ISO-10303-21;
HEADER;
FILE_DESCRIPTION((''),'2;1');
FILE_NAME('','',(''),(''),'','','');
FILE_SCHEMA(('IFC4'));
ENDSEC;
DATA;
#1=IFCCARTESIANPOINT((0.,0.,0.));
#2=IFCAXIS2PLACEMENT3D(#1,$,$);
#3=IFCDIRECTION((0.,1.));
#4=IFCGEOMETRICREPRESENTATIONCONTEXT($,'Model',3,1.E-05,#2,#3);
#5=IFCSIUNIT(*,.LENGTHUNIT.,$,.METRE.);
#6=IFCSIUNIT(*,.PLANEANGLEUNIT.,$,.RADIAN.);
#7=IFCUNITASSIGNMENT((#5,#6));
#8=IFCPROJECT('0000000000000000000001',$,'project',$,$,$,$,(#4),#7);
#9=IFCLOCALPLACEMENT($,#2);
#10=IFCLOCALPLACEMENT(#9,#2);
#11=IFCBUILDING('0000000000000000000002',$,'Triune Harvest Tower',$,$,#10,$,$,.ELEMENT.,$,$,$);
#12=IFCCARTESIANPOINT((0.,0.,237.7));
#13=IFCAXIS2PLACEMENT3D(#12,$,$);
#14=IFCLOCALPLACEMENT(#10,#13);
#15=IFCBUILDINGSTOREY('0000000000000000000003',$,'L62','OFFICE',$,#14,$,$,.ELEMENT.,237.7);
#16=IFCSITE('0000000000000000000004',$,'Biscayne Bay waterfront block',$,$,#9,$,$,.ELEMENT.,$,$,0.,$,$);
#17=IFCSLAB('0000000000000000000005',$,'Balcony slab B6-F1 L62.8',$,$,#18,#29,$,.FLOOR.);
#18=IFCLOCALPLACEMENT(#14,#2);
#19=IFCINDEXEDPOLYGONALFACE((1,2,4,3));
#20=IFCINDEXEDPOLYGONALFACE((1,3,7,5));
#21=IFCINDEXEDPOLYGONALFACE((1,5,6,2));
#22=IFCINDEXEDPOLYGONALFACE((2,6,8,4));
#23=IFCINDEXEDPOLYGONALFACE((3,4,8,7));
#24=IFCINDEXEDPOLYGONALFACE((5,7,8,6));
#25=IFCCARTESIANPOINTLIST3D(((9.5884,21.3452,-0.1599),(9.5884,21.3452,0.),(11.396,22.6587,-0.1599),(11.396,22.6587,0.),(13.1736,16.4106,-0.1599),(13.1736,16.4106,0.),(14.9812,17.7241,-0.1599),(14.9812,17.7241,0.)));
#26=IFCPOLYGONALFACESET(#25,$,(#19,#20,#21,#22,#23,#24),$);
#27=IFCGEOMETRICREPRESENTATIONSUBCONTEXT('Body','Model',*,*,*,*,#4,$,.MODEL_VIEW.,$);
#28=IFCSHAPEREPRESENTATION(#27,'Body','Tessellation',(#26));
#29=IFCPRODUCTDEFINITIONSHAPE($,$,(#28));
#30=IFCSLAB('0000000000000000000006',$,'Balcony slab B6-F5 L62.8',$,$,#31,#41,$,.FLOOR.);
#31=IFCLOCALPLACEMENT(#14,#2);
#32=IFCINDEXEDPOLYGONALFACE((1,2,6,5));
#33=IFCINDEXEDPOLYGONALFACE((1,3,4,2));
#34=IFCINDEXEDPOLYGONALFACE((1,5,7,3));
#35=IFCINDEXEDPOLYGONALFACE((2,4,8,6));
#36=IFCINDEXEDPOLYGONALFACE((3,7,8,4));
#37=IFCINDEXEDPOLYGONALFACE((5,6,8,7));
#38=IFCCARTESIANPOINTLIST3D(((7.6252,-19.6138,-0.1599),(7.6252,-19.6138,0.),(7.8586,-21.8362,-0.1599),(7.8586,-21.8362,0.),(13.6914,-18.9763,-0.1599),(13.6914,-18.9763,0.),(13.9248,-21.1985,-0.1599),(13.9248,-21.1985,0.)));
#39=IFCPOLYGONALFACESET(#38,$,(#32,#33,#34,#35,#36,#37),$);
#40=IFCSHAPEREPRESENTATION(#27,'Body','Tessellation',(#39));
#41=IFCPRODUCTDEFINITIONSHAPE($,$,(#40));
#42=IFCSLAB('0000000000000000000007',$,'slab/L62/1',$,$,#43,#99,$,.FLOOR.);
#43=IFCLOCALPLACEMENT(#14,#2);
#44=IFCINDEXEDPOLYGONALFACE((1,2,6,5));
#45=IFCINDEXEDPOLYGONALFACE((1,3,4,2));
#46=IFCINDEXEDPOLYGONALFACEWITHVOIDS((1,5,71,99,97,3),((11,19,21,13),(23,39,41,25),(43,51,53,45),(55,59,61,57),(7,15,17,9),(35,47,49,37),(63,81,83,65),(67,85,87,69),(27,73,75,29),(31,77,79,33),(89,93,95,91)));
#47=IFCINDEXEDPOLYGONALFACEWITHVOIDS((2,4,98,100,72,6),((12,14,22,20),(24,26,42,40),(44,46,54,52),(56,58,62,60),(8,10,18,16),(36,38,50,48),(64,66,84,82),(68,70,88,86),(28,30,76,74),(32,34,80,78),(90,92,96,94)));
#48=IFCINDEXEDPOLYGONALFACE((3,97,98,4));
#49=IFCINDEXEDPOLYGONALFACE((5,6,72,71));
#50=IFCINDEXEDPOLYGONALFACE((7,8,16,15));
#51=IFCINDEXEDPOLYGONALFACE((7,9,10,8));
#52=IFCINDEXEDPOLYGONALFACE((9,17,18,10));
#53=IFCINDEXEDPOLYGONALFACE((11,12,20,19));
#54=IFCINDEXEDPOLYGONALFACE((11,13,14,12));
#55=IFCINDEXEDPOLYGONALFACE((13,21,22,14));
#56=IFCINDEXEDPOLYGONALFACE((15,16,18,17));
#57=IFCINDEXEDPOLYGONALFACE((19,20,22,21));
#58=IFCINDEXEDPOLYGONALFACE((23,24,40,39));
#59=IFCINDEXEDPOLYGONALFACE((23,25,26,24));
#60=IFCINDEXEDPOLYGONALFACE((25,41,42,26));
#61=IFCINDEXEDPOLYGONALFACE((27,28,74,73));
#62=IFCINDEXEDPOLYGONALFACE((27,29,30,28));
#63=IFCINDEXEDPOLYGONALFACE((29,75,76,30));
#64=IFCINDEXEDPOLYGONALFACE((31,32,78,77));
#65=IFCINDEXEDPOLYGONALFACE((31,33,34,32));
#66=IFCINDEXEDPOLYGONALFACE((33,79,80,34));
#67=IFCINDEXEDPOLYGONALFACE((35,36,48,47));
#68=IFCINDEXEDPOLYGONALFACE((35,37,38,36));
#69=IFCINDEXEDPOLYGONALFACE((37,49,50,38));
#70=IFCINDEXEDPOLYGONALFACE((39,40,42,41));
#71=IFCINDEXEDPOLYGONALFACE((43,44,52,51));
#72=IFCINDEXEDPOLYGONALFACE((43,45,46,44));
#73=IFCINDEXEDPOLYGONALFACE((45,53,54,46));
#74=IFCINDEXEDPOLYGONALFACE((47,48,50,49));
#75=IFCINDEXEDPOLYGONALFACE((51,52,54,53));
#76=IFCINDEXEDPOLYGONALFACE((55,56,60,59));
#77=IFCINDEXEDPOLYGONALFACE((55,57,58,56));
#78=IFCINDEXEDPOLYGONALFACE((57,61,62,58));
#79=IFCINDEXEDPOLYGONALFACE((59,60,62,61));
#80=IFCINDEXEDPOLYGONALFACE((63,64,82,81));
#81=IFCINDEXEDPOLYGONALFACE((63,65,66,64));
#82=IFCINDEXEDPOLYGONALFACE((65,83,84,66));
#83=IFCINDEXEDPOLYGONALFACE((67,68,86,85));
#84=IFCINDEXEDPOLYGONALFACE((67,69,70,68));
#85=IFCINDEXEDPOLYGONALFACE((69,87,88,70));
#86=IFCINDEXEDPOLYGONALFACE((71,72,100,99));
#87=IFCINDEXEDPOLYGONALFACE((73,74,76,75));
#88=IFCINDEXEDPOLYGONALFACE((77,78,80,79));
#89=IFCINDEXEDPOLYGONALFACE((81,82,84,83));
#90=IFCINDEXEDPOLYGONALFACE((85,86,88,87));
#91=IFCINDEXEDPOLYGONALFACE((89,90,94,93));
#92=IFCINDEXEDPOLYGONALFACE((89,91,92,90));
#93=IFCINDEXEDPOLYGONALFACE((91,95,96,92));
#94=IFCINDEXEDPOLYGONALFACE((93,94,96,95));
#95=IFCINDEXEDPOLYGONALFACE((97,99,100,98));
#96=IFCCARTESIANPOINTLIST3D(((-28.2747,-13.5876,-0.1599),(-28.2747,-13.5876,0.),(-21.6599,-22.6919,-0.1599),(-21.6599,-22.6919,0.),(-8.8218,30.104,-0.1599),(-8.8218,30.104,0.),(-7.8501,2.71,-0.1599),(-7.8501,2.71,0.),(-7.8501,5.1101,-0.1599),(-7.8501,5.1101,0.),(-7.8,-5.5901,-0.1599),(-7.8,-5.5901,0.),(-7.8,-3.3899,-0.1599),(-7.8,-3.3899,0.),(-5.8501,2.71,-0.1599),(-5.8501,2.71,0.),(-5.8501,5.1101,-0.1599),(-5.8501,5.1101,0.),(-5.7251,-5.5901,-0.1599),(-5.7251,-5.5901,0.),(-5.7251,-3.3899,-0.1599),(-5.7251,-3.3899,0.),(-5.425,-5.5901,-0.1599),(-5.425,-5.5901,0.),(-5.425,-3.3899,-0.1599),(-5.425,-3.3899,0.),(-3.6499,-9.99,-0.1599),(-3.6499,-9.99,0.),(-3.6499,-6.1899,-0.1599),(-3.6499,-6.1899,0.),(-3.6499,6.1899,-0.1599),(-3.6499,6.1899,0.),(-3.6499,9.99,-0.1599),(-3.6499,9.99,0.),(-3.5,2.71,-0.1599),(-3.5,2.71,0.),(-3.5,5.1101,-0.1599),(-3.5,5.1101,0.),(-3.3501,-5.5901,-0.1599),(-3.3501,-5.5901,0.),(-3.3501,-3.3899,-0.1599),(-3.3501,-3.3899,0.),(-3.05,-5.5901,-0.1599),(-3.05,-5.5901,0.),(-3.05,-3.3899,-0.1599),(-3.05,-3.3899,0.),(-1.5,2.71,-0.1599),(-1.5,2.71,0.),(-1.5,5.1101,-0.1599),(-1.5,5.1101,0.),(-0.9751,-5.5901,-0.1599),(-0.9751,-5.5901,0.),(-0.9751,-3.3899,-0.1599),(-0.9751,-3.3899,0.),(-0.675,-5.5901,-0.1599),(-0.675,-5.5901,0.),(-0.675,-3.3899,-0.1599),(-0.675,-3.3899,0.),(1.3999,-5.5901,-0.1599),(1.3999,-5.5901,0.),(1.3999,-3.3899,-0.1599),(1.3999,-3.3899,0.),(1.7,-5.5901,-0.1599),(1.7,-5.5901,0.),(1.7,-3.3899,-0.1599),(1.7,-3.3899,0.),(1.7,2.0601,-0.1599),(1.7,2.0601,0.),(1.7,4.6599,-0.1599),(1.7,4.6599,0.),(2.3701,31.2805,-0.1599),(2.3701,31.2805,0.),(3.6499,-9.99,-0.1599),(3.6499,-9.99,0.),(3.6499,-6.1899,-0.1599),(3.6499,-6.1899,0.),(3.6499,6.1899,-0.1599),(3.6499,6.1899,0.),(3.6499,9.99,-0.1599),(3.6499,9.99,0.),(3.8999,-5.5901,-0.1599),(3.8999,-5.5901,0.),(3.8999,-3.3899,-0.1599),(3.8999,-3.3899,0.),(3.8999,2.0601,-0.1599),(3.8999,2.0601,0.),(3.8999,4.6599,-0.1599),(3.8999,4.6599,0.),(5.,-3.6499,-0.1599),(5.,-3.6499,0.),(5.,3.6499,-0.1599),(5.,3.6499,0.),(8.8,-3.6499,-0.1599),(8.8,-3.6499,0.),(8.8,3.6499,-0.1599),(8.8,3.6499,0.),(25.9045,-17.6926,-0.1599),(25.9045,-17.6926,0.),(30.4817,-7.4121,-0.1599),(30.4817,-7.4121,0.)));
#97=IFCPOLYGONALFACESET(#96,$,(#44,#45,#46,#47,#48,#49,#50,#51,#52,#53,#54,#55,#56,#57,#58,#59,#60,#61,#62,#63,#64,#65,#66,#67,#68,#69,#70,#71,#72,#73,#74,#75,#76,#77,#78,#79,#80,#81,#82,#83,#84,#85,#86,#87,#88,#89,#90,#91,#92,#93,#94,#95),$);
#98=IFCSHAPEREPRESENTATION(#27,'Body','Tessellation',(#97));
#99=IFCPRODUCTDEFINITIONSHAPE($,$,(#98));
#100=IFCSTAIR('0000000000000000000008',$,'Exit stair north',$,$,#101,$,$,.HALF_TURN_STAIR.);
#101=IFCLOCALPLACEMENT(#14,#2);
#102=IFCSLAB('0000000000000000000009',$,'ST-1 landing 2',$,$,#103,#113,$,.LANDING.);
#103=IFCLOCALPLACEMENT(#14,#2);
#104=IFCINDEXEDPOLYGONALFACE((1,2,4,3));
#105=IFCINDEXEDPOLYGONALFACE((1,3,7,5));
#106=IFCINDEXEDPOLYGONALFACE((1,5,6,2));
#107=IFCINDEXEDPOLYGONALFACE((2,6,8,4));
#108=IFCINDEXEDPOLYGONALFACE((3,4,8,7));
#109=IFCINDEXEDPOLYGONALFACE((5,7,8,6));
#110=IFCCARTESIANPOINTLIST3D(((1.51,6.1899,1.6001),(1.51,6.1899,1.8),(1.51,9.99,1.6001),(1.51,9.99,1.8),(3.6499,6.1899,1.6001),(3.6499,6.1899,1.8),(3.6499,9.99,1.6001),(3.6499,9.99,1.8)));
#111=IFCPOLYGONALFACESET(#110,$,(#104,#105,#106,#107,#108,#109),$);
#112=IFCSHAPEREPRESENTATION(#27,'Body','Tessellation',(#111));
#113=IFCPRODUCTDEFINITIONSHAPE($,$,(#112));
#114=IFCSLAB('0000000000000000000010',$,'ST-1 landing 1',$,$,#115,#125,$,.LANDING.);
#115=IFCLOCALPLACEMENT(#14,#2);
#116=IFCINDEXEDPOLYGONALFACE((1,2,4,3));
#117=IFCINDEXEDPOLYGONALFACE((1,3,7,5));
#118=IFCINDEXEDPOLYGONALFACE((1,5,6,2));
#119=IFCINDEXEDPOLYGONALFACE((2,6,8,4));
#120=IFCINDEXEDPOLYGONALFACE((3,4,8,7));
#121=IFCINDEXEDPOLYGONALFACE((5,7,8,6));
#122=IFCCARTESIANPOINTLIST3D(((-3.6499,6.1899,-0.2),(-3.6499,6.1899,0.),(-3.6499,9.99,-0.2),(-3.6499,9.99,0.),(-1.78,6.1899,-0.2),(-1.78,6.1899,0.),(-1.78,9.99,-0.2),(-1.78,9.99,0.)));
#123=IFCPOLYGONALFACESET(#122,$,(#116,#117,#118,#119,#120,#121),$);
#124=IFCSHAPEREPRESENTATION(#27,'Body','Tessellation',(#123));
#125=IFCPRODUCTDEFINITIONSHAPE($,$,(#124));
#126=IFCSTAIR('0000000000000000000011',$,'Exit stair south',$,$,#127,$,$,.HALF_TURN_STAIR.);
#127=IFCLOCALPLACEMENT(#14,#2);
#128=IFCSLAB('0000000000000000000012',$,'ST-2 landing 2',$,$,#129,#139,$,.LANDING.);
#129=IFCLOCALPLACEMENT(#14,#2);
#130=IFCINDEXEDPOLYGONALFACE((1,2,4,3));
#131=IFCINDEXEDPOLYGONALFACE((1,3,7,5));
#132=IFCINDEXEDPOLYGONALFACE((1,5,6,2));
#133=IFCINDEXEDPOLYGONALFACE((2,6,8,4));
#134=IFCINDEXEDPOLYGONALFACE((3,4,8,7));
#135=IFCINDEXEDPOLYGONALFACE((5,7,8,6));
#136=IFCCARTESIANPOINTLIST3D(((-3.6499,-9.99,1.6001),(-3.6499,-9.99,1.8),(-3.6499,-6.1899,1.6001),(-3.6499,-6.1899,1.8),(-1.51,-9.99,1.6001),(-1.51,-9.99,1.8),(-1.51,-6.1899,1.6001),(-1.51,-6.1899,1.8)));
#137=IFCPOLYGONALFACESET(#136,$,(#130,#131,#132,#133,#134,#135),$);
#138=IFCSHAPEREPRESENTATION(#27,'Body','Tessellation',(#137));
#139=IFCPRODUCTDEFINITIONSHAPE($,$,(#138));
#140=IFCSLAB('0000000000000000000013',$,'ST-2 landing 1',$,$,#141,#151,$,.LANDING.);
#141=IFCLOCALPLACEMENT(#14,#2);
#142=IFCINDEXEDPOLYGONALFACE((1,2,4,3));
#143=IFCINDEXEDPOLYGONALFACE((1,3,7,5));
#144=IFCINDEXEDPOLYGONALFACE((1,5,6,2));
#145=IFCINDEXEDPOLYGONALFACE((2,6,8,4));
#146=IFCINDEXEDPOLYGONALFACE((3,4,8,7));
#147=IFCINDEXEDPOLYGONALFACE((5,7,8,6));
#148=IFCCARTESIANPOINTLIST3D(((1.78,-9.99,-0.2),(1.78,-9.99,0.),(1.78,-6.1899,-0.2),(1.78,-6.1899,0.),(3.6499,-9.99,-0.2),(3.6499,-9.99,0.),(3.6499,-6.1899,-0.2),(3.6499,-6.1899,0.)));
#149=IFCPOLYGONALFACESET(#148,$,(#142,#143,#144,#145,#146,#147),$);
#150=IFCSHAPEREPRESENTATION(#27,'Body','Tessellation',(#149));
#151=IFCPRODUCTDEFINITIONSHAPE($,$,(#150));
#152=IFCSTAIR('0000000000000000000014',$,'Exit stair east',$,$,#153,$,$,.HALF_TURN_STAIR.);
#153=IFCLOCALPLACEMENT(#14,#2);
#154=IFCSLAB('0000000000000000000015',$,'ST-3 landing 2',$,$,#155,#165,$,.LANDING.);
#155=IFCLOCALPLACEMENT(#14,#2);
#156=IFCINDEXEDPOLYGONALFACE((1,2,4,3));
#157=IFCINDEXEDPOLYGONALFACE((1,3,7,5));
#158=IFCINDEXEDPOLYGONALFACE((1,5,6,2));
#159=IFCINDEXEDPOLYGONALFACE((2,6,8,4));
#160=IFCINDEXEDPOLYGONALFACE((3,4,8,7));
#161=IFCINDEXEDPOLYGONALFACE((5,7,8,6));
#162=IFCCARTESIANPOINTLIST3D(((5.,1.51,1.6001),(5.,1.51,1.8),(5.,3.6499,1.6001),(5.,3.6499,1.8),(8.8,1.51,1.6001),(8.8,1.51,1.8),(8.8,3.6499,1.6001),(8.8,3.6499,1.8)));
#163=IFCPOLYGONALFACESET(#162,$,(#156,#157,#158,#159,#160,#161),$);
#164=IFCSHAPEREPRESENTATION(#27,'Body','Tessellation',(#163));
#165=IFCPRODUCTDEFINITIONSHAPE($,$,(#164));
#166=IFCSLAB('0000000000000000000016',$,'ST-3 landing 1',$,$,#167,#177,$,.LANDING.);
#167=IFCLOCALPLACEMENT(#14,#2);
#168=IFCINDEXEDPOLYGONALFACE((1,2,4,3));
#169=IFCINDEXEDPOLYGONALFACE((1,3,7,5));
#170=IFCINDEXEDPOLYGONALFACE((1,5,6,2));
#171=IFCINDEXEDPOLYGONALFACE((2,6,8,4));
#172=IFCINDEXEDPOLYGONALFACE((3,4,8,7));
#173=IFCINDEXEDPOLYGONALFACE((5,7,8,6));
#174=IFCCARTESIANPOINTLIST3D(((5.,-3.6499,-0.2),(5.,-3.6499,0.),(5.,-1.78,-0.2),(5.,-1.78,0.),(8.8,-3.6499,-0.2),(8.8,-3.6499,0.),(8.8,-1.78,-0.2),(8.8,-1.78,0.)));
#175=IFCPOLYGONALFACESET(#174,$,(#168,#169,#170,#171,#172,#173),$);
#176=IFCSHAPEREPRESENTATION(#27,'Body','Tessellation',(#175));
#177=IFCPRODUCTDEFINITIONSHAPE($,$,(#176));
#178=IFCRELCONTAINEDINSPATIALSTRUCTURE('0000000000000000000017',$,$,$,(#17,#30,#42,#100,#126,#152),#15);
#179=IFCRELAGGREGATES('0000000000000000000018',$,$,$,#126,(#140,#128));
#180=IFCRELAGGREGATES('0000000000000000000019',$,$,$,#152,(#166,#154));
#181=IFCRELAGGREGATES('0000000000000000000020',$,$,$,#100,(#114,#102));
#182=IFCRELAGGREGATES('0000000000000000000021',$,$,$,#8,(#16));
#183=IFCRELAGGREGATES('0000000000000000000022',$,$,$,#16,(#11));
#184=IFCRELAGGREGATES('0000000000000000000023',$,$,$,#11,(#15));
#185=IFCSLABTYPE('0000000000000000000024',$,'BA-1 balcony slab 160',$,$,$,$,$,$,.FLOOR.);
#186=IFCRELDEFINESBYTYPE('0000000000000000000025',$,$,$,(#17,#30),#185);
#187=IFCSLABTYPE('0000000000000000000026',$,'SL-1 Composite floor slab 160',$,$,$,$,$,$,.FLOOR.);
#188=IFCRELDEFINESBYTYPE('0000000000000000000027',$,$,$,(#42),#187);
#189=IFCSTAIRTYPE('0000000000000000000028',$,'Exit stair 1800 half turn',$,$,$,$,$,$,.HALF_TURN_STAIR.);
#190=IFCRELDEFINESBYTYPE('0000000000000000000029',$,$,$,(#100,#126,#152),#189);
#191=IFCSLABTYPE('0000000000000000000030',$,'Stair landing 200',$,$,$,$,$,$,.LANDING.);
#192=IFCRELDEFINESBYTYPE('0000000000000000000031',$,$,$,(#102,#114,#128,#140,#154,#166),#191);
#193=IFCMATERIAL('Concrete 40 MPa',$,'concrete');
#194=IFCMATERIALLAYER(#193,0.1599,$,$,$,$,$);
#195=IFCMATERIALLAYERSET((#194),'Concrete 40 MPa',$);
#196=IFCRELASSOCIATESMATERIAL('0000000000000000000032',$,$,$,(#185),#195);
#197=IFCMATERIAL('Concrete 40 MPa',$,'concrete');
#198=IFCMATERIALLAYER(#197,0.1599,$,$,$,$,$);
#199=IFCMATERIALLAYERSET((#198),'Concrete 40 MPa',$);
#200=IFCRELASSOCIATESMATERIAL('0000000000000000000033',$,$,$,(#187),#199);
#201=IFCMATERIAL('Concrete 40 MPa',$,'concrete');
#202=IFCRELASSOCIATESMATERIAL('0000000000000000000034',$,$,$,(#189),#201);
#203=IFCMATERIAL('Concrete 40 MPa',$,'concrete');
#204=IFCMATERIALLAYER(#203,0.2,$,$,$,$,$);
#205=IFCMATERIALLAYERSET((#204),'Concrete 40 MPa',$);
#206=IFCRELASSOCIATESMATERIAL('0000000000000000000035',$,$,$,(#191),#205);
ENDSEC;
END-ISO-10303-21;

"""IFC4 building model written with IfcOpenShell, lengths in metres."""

from ifc_helpers import new_model, si_unit, direction, frame, origin, place, context, subcontext, project, spatial, polyline, outline, extrude, source, transform, mapped, material, layer, layer_set, type_object, element, aggregate, save


model = new_model("IFC4")

# Units and contexts
model_context = context("Model", 3, precision=1e-05, world=origin(), true_north=direction((0.0, 1.0)))
body_context = subcontext(model_context, "Body", "Model", "MODEL_VIEW")
ifc_project = project(units=[si_unit("LENGTHUNIT", "METRE"), si_unit("PLANEANGLEUNIT", "RADIAN")], contexts=[model_context])

# Site, building, storey
site_placement = place(None, origin())
site = spatial("IfcSite", under=ifc_project, at=site_placement, Name="Biscayne Bay waterfront block", CompositionType="ELEMENT", RefElevation=0.0)
building_placement = place(site_placement, origin())
building = spatial("IfcBuilding", under=site, at=building_placement, Name="Triune Harvest Tower", CompositionType="ELEMENT")
storey_placement = place(building_placement, frame((0.0, 0.0, 237.7)))
storey = spatial("IfcBuildingStorey", under=building, at=storey_placement, Name="L62", Description="OFFICE", CompositionType="ELEMENT", Elevation=237.7)

# Slabs
ifc_material_1 = material(Name="Concrete 40 MPa", Category="concrete")
ifc_layer_1 = layer(ifc_material_1, 0.1599)
ifc_layer_set_1 = layer_set([ifc_layer_1], Name="Concrete 40 MPa")
slab_type_1 = type_object("IfcSlabType", Name="BA-1 balcony slab 160", PredefinedType="FLOOR", material=ifc_layer_set_1)
slab_1_placement = place(storey_placement, frame((0.0, 0.0, -0.1599)))
element("IfcSlab", 1, at=slab_1_placement, inside=storey, type_object=slab_type_1, Name="Balcony slab B6-F1 L62.8", PredefinedType="FLOOR", context=body_context, shape_type="SweptSolid", body=[
    extrude(outline(polyline([(13.1736, 16.4106), (9.5884, 21.3452), (11.396, 22.6587), (14.9812, 17.7241), (13.1736, 16.4106)])), origin(), (0.0, 0.0, 1.0), 0.1599),
])
slab_2_placement = place(storey_placement, frame((0.0, 0.0, -0.1599)))
element("IfcSlab", 2, at=slab_2_placement, inside=storey, type_object=slab_type_1, Name="Balcony slab B6-F5 L62.8", PredefinedType="FLOOR", context=body_context, shape_type="SweptSolid", body=[
    extrude(outline(polyline([(7.6252, -19.6138), (13.6914, -18.9763), (13.9248, -21.1985), (7.8586, -21.8362), (7.6252, -19.6138)])), origin(), (0.0, 0.0, 1.0), 0.1599),
])
ifc_material_2 = material(Name="Concrete 40 MPa", Category="concrete")
ifc_layer_2 = layer(ifc_material_2, 0.1599)
ifc_layer_set_2 = layer_set([ifc_layer_2], Name="Concrete 40 MPa")
slab_type_2 = type_object("IfcSlabType", Name="SL-1 Composite floor slab 160", PredefinedType="FLOOR", material=ifc_layer_set_2)
shared_shape_1 = source(origin(), body_context, "Body", "SweptSolid", [
    extrude(outline(polyline([(30.4817, -7.4121), (2.3701, 31.2805), (-8.8218, 30.104), (-28.2747, -13.5876), (-21.6599, -22.6919), (25.9045, -17.6926), (30.4817, -7.4121)]), holes=[polyline([(-5.7251, -5.5901), (-5.7251, -3.3899), (-7.8, -3.3899), (-7.8, -5.5901), (-5.7251, -5.5901)]), polyline([(-3.3501, -5.5901), (-3.3501, -3.3899), (-5.425, -3.3899), (-5.425, -5.5901), (-3.3501, -5.5901)]), polyline([(-0.9751, -5.5901), (-0.9751, -3.3899), (-3.05, -3.3899), (-3.05, -5.5901), (-0.9751, -5.5901)]), polyline([(1.3999, -5.5901), (1.3999, -3.3899), (-0.675, -3.3899), (-0.675, -5.5901), (1.3999, -5.5901)]), polyline([(3.8999, 2.0601), (3.8999, 4.6599), (1.7, 4.6599), (1.7, 2.0601), (3.8999, 2.0601)]), polyline([(3.8999, -5.5901), (3.8999, -3.3899), (1.7, -3.3899), (1.7, -5.5901), (3.8999, -5.5901)]), polyline([(-5.8501, 2.71), (-5.8501, 5.1101), (-7.8501, 5.1101), (-7.8501, 2.71), (-5.8501, 2.71)]), polyline([(-1.5, 2.71), (-1.5, 5.1101), (-3.5, 5.1101), (-3.5, 2.71), (-1.5, 2.71)]), polyline([(3.6499, 6.1899), (3.6499, 9.99), (-3.6499, 9.99), (-3.6499, 6.1899), (3.6499, 6.1899)]), polyline([(3.6499, -9.99), (3.6499, -6.1899), (-3.6499, -6.1899), (-3.6499, -9.99), (3.6499, -9.99)]), polyline([(8.8, -3.6499), (8.8, 3.6499), (5.0, 3.6499), (5.0, -3.6499), (8.8, -3.6499)])]), origin(), (0.0, 0.0, 1.0), 0.1599),
])
slab_3_placement = place(storey_placement, frame((0.0, 0.0, -0.1599)))
element("IfcSlab", 3, at=slab_3_placement, inside=storey, type_object=slab_type_2, Name="slab/L62/1", PredefinedType="FLOOR", context=body_context, shape_type="MappedRepresentation", body=[
    mapped(shared_shape_1, transform((0.0, 0.0, 0.0), scale=1.0)),
])

# Stairs, slabs
ifc_material_3 = material(Name="Concrete 40 MPa", Category="concrete")
stair_type = type_object("IfcStairType", Name="Exit stair 1800 half turn", PredefinedType="HALF_TURN_STAIR", material=ifc_material_3)
stair_1_placement = place(storey_placement, origin())
stair_1 = element("IfcStair", 4, at=stair_1_placement, inside=storey, type_object=stair_type, Name="Exit stair north", PredefinedType="HALF_TURN_STAIR")
ifc_material_4 = material(Name="Concrete 40 MPa", Category="concrete")
ifc_layer_3 = layer(ifc_material_4, 0.2)
ifc_layer_set_3 = layer_set([ifc_layer_3], Name="Concrete 40 MPa")
slab_type_3 = type_object("IfcSlabType", Name="Stair landing 200", PredefinedType="LANDING", material=ifc_layer_set_3)
shared_shape_2 = source(origin(), body_context, "Body", "SweptSolid", [
    extrude(outline(polyline([(1.51, 6.1899), (3.6499, 6.1899), (3.6499, 9.99), (1.51, 9.99), (1.51, 6.1899)])), origin(), (0.0, 0.0, 1.0), 0.2),
])
slab_4_placement = place(storey_placement, frame((0.0, 0.0, 1.6001)))
slab_4 = element("IfcSlab", 5, at=slab_4_placement, type_object=slab_type_3, Name="ST-1 landing 2", PredefinedType="LANDING", context=body_context, shape_type="MappedRepresentation", body=[
    mapped(shared_shape_2, transform((0.0, 0.0, 0.0), scale=1.0)),
])
shared_shape_3 = source(origin(), body_context, "Body", "SweptSolid", [
    extrude(outline(polyline([(-3.6499, 6.1899), (-1.78, 6.1899), (-1.78, 9.99), (-3.6499, 9.99), (-3.6499, 6.1899)])), origin(), (0.0, 0.0, 1.0), 0.2),
])
slab_5_placement = place(storey_placement, frame((0.0, 0.0, -0.2)))
slab_5 = element("IfcSlab", 6, at=slab_5_placement, type_object=slab_type_3, Name="ST-1 landing 1", PredefinedType="LANDING", context=body_context, shape_type="MappedRepresentation", body=[
    mapped(shared_shape_3, transform((0.0, 0.0, 0.0), scale=1.0)),
])
stair_2_placement = place(storey_placement, origin())
stair_2 = element("IfcStair", 7, at=stair_2_placement, inside=storey, type_object=stair_type, Name="Exit stair south", PredefinedType="HALF_TURN_STAIR")
shared_shape_4 = source(origin(), body_context, "Body", "SweptSolid", [
    extrude(outline(polyline([(-1.51, -6.1899), (-3.6499, -6.1899), (-3.6499, -9.99), (-1.51, -9.99), (-1.51, -6.1899)])), origin(), (0.0, 0.0, 1.0), 0.2),
])
slab_6_placement = place(storey_placement, frame((0.0, 0.0, 1.6001)))
slab_6 = element("IfcSlab", 8, at=slab_6_placement, type_object=slab_type_3, Name="ST-2 landing 2", PredefinedType="LANDING", context=body_context, shape_type="MappedRepresentation", body=[
    mapped(shared_shape_4, transform((0.0, 0.0, 0.0), scale=1.0)),
])
shared_shape_5 = source(origin(), body_context, "Body", "SweptSolid", [
    extrude(outline(polyline([(3.6499, -6.1899), (1.78, -6.1899), (1.78, -9.99), (3.6499, -9.99), (3.6499, -6.1899)])), origin(), (0.0, 0.0, 1.0), 0.2),
])
slab_7_placement = place(storey_placement, frame((0.0, 0.0, -0.2)))
slab_7 = element("IfcSlab", 9, at=slab_7_placement, type_object=slab_type_3, Name="ST-2 landing 1", PredefinedType="LANDING", context=body_context, shape_type="MappedRepresentation", body=[
    mapped(shared_shape_5, transform((0.0, 0.0, 0.0), scale=1.0)),
])
aggregate(stair_2, [slab_7, slab_6])
stair_3_placement = place(storey_placement, origin())
stair_3 = element("IfcStair", 10, at=stair_3_placement, inside=storey, type_object=stair_type, Name="Exit stair east", PredefinedType="HALF_TURN_STAIR")
shared_shape_6 = source(origin(), body_context, "Body", "SweptSolid", [
    extrude(outline(polyline([(8.8, 1.51), (8.8, 3.6499), (5.0, 3.6499), (5.0, 1.51), (8.8, 1.51)])), origin(), (0.0, 0.0, 1.0), 0.2),
])
slab_8_placement = place(storey_placement, frame((0.0, 0.0, 1.6001)))
slab_8 = element("IfcSlab", 11, at=slab_8_placement, type_object=slab_type_3, Name="ST-3 landing 2", PredefinedType="LANDING", context=body_context, shape_type="MappedRepresentation", body=[
    mapped(shared_shape_6, transform((0.0, 0.0, 0.0), scale=1.0)),
])
shared_shape_7 = source(origin(), body_context, "Body", "SweptSolid", [
    extrude(outline(polyline([(8.8, -3.6499), (8.8, -1.78), (5.0, -1.78), (5.0, -3.6499), (8.8, -3.6499)])), origin(), (0.0, 0.0, 1.0), 0.2),
])
slab_9_placement = place(storey_placement, frame((0.0, 0.0, -0.2)))
slab_9 = element("IfcSlab", 12, at=slab_9_placement, type_object=slab_type_3, Name="ST-3 landing 1", PredefinedType="LANDING", context=body_context, shape_type="MappedRepresentation", body=[
    mapped(shared_shape_7, transform((0.0, 0.0, 0.0), scale=1.0)),
])
aggregate(stair_3, [slab_9, slab_8])

aggregate(stair_1, [slab_5, slab_4])

save(model, "model.ifc")
